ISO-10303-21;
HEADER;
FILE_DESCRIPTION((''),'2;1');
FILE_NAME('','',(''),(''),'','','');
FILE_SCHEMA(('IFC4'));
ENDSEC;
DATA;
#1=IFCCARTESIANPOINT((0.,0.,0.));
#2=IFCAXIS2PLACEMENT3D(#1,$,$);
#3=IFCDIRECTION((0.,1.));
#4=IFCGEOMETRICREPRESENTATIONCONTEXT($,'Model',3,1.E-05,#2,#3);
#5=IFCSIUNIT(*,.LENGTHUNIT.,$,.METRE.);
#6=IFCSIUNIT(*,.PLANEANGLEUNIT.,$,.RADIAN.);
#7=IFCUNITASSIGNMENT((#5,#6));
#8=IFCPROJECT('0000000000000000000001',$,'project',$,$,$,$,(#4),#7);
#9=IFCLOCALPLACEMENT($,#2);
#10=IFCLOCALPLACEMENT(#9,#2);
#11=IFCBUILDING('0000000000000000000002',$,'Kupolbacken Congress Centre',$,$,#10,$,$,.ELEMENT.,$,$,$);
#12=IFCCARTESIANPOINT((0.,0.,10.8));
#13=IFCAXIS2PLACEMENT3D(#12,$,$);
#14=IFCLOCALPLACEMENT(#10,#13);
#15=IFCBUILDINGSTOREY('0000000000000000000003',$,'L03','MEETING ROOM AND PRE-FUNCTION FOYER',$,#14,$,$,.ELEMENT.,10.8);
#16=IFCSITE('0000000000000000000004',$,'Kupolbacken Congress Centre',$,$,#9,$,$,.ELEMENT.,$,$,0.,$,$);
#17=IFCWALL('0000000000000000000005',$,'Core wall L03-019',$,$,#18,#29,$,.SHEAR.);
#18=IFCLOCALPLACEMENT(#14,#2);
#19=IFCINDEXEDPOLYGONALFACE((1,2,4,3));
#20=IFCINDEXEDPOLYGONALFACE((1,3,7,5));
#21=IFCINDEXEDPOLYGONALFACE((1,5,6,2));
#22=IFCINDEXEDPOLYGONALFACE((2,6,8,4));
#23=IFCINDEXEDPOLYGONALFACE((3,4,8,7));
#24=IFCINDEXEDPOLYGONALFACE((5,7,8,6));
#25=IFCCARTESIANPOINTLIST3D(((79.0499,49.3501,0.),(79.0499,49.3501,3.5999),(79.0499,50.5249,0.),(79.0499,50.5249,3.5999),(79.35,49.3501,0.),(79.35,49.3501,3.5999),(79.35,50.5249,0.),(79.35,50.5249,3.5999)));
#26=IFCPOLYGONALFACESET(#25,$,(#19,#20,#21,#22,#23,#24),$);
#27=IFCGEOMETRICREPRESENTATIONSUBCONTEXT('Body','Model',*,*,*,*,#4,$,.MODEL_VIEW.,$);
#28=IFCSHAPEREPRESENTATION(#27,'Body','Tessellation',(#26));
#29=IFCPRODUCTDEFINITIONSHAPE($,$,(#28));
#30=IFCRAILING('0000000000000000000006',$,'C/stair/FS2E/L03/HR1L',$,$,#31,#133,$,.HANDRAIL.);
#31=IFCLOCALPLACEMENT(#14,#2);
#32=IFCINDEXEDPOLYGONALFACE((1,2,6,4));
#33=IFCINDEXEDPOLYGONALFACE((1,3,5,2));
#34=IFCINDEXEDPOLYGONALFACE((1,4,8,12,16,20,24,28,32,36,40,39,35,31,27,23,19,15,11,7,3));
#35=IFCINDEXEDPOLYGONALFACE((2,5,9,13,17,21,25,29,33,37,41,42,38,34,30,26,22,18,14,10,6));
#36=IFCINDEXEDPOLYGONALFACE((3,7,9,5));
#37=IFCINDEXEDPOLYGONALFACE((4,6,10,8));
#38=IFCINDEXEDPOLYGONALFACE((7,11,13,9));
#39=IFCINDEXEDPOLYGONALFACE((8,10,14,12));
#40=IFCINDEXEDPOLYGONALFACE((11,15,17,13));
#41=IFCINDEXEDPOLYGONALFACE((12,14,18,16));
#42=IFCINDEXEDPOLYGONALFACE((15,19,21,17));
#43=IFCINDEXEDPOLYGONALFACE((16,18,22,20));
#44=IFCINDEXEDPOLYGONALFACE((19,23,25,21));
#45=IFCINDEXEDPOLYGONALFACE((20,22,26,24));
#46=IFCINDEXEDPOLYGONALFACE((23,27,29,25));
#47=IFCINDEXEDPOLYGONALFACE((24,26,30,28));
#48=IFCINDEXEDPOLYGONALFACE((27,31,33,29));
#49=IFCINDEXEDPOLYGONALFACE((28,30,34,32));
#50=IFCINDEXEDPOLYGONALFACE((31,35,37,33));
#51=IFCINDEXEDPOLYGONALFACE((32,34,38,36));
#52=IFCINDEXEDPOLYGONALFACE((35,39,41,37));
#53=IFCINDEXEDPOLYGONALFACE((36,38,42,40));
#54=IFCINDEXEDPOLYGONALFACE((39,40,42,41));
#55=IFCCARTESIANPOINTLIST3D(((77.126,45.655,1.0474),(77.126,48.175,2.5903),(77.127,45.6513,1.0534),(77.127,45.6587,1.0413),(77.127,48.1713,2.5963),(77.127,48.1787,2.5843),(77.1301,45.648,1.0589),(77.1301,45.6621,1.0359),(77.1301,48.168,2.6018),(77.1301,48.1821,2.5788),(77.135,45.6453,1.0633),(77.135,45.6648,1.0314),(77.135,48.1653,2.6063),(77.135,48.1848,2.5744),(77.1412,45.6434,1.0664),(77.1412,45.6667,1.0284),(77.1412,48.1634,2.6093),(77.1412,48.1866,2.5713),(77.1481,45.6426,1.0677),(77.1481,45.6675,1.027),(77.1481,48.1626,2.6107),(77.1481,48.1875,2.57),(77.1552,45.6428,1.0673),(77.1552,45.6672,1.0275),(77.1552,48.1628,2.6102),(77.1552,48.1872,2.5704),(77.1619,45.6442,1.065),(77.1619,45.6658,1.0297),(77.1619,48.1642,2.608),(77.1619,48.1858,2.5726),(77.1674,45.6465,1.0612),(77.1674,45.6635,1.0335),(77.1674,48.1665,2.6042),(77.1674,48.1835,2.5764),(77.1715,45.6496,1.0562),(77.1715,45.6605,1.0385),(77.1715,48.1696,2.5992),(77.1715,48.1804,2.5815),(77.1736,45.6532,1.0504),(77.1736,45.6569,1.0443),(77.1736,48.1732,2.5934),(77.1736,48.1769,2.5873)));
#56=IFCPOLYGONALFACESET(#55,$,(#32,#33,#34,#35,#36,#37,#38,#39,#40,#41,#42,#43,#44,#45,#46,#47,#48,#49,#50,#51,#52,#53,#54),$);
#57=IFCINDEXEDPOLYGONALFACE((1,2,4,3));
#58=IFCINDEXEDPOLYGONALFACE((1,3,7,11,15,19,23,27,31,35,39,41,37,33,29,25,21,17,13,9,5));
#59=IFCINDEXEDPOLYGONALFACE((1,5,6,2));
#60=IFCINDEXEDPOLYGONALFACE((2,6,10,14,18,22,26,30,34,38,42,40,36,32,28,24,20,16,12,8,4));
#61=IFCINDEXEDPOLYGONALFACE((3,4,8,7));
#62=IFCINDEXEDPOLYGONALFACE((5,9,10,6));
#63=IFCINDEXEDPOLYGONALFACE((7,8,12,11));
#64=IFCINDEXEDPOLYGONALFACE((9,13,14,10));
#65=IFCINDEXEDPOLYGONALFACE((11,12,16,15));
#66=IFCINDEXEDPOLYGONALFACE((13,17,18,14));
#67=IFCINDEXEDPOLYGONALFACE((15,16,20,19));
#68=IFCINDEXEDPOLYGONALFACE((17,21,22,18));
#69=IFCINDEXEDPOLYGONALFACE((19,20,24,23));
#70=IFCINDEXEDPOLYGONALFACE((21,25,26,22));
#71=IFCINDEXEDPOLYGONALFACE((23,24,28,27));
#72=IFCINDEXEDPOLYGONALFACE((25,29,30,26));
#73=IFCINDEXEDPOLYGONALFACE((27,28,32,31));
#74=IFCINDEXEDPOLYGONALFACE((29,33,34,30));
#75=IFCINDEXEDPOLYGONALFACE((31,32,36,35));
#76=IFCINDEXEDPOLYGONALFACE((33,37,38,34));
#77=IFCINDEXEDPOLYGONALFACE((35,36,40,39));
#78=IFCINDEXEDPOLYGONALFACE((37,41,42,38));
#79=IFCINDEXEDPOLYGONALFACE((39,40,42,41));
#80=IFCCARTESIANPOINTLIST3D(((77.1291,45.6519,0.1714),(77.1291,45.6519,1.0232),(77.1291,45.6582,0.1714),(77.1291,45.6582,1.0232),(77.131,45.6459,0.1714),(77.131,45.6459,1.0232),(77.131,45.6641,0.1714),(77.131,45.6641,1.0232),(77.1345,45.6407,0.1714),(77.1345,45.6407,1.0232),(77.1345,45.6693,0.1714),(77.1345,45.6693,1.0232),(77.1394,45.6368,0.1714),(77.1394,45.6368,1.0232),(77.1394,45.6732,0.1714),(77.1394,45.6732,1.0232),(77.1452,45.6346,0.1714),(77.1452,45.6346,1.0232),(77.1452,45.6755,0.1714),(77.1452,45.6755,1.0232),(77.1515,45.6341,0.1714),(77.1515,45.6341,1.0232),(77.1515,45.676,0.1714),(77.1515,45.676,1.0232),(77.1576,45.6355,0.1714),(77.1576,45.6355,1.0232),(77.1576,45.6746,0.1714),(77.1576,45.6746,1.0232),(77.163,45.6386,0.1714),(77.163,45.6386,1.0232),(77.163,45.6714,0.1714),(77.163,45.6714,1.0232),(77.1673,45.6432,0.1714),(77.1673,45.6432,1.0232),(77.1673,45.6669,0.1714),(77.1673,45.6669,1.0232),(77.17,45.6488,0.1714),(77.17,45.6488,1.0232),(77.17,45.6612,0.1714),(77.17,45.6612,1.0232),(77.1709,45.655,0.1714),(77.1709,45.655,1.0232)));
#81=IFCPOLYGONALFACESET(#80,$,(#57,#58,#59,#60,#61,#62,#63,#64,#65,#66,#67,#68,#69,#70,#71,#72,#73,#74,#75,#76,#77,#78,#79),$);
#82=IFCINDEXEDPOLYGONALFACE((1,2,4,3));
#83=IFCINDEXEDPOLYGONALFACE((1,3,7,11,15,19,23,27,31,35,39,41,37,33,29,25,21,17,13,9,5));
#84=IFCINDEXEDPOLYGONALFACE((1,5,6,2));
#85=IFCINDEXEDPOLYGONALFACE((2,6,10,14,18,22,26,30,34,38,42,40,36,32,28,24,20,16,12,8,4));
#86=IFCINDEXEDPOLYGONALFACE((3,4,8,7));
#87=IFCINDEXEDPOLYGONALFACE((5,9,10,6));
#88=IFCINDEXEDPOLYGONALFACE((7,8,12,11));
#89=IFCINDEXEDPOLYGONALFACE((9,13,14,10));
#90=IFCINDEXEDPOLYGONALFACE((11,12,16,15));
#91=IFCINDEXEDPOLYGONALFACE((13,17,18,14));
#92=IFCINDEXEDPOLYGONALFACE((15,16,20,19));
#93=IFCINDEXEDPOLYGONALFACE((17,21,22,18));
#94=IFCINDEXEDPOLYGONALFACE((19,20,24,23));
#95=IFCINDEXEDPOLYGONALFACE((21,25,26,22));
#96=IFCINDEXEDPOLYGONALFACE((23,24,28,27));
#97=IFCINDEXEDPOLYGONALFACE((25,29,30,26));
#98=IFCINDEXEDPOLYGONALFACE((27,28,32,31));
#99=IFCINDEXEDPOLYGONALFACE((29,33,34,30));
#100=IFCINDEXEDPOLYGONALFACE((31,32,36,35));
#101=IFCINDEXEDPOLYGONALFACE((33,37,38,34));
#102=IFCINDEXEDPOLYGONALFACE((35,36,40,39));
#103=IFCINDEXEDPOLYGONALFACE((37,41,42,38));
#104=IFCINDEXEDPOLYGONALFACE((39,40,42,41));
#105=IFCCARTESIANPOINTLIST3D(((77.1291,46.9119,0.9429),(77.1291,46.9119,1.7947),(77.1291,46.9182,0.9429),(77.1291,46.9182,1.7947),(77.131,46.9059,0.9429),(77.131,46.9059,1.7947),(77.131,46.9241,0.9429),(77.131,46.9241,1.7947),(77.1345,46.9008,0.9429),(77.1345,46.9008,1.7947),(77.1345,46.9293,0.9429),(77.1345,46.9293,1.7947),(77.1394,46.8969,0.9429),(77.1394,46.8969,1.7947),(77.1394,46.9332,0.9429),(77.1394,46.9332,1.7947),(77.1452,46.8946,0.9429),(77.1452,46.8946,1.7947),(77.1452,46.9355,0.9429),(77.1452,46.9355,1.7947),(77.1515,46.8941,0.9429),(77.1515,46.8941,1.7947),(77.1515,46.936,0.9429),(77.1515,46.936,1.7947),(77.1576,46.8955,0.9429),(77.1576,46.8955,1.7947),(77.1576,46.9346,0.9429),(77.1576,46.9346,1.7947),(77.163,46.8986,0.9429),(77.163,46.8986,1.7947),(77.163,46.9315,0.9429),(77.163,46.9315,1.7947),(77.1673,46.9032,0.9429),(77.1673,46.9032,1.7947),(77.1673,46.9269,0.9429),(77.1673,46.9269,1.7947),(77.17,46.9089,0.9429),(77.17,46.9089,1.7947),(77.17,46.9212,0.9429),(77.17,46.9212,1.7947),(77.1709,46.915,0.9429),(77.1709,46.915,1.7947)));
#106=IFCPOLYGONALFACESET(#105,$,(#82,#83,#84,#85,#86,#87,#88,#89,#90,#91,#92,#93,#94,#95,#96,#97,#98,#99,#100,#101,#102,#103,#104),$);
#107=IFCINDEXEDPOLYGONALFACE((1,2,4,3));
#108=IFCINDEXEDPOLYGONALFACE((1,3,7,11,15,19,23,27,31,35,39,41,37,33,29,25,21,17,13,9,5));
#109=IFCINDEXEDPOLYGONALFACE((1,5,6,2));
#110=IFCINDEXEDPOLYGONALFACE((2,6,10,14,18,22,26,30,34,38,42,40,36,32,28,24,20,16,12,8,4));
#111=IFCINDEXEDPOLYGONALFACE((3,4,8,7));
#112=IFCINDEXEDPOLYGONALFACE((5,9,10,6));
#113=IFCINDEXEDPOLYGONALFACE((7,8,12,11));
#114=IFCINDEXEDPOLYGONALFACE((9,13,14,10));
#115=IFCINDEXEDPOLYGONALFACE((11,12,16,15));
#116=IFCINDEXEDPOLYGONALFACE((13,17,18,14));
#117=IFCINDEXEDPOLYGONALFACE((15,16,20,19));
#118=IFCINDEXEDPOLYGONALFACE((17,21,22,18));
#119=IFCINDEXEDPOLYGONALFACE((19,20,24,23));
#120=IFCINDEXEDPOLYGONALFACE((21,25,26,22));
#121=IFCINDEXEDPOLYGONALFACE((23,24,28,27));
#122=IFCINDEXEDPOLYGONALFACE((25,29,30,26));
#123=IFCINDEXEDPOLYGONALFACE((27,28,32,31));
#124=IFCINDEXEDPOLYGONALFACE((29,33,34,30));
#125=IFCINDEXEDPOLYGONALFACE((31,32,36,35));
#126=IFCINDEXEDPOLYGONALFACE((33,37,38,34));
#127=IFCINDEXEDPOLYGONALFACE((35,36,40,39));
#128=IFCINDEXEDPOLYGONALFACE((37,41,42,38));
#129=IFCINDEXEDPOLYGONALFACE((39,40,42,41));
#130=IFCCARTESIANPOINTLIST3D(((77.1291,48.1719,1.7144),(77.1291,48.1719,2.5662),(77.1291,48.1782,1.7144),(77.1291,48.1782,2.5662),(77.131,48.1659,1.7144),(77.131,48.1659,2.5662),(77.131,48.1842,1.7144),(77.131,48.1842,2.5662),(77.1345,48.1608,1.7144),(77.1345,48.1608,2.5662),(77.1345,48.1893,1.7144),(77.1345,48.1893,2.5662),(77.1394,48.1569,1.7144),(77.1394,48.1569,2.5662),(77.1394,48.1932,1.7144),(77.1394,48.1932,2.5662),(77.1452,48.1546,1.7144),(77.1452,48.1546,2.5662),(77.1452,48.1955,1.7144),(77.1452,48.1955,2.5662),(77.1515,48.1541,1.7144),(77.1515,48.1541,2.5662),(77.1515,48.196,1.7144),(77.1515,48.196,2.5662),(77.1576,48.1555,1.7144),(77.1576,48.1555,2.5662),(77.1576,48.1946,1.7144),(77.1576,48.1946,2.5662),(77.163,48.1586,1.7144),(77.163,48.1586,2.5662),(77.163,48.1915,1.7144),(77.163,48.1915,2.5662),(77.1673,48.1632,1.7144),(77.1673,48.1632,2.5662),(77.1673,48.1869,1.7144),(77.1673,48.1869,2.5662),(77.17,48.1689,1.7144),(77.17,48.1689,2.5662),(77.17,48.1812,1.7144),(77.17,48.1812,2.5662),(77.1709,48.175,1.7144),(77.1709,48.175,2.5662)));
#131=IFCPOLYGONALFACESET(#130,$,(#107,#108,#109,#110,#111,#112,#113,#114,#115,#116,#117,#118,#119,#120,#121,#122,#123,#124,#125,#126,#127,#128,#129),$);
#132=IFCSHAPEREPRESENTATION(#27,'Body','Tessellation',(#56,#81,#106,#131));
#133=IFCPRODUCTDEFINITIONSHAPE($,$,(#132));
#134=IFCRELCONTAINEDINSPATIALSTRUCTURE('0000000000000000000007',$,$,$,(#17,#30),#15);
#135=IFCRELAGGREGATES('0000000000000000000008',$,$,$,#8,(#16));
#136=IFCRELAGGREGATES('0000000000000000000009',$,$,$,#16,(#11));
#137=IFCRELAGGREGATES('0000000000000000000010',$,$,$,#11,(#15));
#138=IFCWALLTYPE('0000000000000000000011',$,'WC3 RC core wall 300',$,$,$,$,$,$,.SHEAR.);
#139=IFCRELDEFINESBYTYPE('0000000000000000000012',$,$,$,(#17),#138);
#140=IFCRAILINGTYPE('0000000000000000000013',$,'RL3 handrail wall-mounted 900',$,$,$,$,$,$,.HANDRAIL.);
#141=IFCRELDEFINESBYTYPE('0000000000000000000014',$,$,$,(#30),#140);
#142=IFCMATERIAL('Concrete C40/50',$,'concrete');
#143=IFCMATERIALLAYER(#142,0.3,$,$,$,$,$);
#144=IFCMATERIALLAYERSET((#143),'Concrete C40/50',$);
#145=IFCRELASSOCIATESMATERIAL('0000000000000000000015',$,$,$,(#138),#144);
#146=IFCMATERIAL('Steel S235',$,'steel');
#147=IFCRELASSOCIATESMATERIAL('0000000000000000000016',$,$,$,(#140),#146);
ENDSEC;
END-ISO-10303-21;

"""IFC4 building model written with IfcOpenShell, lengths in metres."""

from ifc_helpers import new_model, si_unit, direction, frame, frame_2d, origin, origin_2d, place, context, subcontext, project, spatial, rectangle, circle, extrude, material, layer, layer_set, type_object, element, save


model = new_model("IFC4")

# Units and contexts
model_context = context("Model", 3, precision=1e-05, world=origin(), true_north=direction((0.0, 1.0)))
body_context = subcontext(model_context, "Body", "Model", "MODEL_VIEW")
ifc_project = project(units=[si_unit("LENGTHUNIT", "METRE"), si_unit("PLANEANGLEUNIT", "RADIAN")], contexts=[model_context])

# Site, building, storey
site_placement = place(None, origin())
site = spatial("IfcSite", under=ifc_project, at=site_placement, Name="Kupolbacken Congress Centre", CompositionType="ELEMENT", RefElevation=0.0)
building_placement = place(site_placement, origin())
building = spatial("IfcBuilding", under=site, at=building_placement, Name="Kupolbacken Congress Centre", CompositionType="ELEMENT")
storey_placement = place(building_placement, frame((0.0, 0.0, 10.8)))
storey = spatial("IfcBuildingStorey", under=building, at=storey_placement, Name="L03", Description="MEETING ROOM AND PRE-FUNCTION FOYER", CompositionType="ELEMENT", Elevation=10.8)

# Shared definitions
ifc_material_1 = material(Name="Concrete C40/50", Category="concrete")
ifc_layer_1 = layer(ifc_material_1, 0.3)
ifc_layer_set_1 = layer_set([ifc_layer_1], Name="Concrete C40/50")
wall_type_1 = type_object("IfcWallType", Name="WC3 RC core wall 300", PredefinedType="SHEAR", material=ifc_layer_set_1)

# Wall
wall_1_placement = place(storey_placement, frame((79.2, 49.3501, 0.0), z_axis=(0.0, 0.0, 1.0), x_axis=(0.0, 1.0, 0.0)))
element("IfcWall", 1, at=wall_1_placement, inside=storey, type_object=wall_type_1, Name="Core wall L03-019", PredefinedType="SHEAR", context=body_context, shape_type="SweptSolid", body=[
    extrude(rectangle(XDim=1.1748, YDim=0.3, at=frame_2d((0.5874, 0.0))), origin(), (0.0, 0.0, 1.0), 3.5999),
])

# Railing
ifc_material_2 = material(Name="Steel S235", Category="steel")
railing_type = type_object("IfcRailingType", Name="RL3 handrail wall-mounted 900", PredefinedType="HANDRAIL", material=ifc_material_2)
for number, where, name in (
    (2, (77.1499, 45.655, 0.1714), "C/stair/FS2E/L03/HR1L"),
):
    element("IfcRailing", number, at=place(storey_placement, frame(where)), inside=storey, type_object=railing_type, Name=name, PredefinedType="HANDRAIL", context=body_context, shape_type="SweptSolid", body=[
        extrude(circle(Radius=0.0239, at=origin_2d()), frame((0.0, 0.0, 0.876), z_axis=(0.0, 0.852836, 0.522178), x_axis=(-1.0, 0.0, 0.0)), (0.0, 0.0, 1.0), 2.9548),
        extrude(circle(Radius=0.021, at=origin_2d()), origin(), (0.0, 0.0, 1.0), 0.8518),
        extrude(circle(Radius=0.021, at=origin_2d()), frame((0.0, 1.26, 0.7715)), (0.0, 0.0, 1.0), 0.8518),
        extrude(circle(Radius=0.021, at=origin_2d()), frame((0.0, 2.52, 1.543)), (0.0, 0.0, 1.0), 0.8518),
    ])

save(model, "model.ifc")
